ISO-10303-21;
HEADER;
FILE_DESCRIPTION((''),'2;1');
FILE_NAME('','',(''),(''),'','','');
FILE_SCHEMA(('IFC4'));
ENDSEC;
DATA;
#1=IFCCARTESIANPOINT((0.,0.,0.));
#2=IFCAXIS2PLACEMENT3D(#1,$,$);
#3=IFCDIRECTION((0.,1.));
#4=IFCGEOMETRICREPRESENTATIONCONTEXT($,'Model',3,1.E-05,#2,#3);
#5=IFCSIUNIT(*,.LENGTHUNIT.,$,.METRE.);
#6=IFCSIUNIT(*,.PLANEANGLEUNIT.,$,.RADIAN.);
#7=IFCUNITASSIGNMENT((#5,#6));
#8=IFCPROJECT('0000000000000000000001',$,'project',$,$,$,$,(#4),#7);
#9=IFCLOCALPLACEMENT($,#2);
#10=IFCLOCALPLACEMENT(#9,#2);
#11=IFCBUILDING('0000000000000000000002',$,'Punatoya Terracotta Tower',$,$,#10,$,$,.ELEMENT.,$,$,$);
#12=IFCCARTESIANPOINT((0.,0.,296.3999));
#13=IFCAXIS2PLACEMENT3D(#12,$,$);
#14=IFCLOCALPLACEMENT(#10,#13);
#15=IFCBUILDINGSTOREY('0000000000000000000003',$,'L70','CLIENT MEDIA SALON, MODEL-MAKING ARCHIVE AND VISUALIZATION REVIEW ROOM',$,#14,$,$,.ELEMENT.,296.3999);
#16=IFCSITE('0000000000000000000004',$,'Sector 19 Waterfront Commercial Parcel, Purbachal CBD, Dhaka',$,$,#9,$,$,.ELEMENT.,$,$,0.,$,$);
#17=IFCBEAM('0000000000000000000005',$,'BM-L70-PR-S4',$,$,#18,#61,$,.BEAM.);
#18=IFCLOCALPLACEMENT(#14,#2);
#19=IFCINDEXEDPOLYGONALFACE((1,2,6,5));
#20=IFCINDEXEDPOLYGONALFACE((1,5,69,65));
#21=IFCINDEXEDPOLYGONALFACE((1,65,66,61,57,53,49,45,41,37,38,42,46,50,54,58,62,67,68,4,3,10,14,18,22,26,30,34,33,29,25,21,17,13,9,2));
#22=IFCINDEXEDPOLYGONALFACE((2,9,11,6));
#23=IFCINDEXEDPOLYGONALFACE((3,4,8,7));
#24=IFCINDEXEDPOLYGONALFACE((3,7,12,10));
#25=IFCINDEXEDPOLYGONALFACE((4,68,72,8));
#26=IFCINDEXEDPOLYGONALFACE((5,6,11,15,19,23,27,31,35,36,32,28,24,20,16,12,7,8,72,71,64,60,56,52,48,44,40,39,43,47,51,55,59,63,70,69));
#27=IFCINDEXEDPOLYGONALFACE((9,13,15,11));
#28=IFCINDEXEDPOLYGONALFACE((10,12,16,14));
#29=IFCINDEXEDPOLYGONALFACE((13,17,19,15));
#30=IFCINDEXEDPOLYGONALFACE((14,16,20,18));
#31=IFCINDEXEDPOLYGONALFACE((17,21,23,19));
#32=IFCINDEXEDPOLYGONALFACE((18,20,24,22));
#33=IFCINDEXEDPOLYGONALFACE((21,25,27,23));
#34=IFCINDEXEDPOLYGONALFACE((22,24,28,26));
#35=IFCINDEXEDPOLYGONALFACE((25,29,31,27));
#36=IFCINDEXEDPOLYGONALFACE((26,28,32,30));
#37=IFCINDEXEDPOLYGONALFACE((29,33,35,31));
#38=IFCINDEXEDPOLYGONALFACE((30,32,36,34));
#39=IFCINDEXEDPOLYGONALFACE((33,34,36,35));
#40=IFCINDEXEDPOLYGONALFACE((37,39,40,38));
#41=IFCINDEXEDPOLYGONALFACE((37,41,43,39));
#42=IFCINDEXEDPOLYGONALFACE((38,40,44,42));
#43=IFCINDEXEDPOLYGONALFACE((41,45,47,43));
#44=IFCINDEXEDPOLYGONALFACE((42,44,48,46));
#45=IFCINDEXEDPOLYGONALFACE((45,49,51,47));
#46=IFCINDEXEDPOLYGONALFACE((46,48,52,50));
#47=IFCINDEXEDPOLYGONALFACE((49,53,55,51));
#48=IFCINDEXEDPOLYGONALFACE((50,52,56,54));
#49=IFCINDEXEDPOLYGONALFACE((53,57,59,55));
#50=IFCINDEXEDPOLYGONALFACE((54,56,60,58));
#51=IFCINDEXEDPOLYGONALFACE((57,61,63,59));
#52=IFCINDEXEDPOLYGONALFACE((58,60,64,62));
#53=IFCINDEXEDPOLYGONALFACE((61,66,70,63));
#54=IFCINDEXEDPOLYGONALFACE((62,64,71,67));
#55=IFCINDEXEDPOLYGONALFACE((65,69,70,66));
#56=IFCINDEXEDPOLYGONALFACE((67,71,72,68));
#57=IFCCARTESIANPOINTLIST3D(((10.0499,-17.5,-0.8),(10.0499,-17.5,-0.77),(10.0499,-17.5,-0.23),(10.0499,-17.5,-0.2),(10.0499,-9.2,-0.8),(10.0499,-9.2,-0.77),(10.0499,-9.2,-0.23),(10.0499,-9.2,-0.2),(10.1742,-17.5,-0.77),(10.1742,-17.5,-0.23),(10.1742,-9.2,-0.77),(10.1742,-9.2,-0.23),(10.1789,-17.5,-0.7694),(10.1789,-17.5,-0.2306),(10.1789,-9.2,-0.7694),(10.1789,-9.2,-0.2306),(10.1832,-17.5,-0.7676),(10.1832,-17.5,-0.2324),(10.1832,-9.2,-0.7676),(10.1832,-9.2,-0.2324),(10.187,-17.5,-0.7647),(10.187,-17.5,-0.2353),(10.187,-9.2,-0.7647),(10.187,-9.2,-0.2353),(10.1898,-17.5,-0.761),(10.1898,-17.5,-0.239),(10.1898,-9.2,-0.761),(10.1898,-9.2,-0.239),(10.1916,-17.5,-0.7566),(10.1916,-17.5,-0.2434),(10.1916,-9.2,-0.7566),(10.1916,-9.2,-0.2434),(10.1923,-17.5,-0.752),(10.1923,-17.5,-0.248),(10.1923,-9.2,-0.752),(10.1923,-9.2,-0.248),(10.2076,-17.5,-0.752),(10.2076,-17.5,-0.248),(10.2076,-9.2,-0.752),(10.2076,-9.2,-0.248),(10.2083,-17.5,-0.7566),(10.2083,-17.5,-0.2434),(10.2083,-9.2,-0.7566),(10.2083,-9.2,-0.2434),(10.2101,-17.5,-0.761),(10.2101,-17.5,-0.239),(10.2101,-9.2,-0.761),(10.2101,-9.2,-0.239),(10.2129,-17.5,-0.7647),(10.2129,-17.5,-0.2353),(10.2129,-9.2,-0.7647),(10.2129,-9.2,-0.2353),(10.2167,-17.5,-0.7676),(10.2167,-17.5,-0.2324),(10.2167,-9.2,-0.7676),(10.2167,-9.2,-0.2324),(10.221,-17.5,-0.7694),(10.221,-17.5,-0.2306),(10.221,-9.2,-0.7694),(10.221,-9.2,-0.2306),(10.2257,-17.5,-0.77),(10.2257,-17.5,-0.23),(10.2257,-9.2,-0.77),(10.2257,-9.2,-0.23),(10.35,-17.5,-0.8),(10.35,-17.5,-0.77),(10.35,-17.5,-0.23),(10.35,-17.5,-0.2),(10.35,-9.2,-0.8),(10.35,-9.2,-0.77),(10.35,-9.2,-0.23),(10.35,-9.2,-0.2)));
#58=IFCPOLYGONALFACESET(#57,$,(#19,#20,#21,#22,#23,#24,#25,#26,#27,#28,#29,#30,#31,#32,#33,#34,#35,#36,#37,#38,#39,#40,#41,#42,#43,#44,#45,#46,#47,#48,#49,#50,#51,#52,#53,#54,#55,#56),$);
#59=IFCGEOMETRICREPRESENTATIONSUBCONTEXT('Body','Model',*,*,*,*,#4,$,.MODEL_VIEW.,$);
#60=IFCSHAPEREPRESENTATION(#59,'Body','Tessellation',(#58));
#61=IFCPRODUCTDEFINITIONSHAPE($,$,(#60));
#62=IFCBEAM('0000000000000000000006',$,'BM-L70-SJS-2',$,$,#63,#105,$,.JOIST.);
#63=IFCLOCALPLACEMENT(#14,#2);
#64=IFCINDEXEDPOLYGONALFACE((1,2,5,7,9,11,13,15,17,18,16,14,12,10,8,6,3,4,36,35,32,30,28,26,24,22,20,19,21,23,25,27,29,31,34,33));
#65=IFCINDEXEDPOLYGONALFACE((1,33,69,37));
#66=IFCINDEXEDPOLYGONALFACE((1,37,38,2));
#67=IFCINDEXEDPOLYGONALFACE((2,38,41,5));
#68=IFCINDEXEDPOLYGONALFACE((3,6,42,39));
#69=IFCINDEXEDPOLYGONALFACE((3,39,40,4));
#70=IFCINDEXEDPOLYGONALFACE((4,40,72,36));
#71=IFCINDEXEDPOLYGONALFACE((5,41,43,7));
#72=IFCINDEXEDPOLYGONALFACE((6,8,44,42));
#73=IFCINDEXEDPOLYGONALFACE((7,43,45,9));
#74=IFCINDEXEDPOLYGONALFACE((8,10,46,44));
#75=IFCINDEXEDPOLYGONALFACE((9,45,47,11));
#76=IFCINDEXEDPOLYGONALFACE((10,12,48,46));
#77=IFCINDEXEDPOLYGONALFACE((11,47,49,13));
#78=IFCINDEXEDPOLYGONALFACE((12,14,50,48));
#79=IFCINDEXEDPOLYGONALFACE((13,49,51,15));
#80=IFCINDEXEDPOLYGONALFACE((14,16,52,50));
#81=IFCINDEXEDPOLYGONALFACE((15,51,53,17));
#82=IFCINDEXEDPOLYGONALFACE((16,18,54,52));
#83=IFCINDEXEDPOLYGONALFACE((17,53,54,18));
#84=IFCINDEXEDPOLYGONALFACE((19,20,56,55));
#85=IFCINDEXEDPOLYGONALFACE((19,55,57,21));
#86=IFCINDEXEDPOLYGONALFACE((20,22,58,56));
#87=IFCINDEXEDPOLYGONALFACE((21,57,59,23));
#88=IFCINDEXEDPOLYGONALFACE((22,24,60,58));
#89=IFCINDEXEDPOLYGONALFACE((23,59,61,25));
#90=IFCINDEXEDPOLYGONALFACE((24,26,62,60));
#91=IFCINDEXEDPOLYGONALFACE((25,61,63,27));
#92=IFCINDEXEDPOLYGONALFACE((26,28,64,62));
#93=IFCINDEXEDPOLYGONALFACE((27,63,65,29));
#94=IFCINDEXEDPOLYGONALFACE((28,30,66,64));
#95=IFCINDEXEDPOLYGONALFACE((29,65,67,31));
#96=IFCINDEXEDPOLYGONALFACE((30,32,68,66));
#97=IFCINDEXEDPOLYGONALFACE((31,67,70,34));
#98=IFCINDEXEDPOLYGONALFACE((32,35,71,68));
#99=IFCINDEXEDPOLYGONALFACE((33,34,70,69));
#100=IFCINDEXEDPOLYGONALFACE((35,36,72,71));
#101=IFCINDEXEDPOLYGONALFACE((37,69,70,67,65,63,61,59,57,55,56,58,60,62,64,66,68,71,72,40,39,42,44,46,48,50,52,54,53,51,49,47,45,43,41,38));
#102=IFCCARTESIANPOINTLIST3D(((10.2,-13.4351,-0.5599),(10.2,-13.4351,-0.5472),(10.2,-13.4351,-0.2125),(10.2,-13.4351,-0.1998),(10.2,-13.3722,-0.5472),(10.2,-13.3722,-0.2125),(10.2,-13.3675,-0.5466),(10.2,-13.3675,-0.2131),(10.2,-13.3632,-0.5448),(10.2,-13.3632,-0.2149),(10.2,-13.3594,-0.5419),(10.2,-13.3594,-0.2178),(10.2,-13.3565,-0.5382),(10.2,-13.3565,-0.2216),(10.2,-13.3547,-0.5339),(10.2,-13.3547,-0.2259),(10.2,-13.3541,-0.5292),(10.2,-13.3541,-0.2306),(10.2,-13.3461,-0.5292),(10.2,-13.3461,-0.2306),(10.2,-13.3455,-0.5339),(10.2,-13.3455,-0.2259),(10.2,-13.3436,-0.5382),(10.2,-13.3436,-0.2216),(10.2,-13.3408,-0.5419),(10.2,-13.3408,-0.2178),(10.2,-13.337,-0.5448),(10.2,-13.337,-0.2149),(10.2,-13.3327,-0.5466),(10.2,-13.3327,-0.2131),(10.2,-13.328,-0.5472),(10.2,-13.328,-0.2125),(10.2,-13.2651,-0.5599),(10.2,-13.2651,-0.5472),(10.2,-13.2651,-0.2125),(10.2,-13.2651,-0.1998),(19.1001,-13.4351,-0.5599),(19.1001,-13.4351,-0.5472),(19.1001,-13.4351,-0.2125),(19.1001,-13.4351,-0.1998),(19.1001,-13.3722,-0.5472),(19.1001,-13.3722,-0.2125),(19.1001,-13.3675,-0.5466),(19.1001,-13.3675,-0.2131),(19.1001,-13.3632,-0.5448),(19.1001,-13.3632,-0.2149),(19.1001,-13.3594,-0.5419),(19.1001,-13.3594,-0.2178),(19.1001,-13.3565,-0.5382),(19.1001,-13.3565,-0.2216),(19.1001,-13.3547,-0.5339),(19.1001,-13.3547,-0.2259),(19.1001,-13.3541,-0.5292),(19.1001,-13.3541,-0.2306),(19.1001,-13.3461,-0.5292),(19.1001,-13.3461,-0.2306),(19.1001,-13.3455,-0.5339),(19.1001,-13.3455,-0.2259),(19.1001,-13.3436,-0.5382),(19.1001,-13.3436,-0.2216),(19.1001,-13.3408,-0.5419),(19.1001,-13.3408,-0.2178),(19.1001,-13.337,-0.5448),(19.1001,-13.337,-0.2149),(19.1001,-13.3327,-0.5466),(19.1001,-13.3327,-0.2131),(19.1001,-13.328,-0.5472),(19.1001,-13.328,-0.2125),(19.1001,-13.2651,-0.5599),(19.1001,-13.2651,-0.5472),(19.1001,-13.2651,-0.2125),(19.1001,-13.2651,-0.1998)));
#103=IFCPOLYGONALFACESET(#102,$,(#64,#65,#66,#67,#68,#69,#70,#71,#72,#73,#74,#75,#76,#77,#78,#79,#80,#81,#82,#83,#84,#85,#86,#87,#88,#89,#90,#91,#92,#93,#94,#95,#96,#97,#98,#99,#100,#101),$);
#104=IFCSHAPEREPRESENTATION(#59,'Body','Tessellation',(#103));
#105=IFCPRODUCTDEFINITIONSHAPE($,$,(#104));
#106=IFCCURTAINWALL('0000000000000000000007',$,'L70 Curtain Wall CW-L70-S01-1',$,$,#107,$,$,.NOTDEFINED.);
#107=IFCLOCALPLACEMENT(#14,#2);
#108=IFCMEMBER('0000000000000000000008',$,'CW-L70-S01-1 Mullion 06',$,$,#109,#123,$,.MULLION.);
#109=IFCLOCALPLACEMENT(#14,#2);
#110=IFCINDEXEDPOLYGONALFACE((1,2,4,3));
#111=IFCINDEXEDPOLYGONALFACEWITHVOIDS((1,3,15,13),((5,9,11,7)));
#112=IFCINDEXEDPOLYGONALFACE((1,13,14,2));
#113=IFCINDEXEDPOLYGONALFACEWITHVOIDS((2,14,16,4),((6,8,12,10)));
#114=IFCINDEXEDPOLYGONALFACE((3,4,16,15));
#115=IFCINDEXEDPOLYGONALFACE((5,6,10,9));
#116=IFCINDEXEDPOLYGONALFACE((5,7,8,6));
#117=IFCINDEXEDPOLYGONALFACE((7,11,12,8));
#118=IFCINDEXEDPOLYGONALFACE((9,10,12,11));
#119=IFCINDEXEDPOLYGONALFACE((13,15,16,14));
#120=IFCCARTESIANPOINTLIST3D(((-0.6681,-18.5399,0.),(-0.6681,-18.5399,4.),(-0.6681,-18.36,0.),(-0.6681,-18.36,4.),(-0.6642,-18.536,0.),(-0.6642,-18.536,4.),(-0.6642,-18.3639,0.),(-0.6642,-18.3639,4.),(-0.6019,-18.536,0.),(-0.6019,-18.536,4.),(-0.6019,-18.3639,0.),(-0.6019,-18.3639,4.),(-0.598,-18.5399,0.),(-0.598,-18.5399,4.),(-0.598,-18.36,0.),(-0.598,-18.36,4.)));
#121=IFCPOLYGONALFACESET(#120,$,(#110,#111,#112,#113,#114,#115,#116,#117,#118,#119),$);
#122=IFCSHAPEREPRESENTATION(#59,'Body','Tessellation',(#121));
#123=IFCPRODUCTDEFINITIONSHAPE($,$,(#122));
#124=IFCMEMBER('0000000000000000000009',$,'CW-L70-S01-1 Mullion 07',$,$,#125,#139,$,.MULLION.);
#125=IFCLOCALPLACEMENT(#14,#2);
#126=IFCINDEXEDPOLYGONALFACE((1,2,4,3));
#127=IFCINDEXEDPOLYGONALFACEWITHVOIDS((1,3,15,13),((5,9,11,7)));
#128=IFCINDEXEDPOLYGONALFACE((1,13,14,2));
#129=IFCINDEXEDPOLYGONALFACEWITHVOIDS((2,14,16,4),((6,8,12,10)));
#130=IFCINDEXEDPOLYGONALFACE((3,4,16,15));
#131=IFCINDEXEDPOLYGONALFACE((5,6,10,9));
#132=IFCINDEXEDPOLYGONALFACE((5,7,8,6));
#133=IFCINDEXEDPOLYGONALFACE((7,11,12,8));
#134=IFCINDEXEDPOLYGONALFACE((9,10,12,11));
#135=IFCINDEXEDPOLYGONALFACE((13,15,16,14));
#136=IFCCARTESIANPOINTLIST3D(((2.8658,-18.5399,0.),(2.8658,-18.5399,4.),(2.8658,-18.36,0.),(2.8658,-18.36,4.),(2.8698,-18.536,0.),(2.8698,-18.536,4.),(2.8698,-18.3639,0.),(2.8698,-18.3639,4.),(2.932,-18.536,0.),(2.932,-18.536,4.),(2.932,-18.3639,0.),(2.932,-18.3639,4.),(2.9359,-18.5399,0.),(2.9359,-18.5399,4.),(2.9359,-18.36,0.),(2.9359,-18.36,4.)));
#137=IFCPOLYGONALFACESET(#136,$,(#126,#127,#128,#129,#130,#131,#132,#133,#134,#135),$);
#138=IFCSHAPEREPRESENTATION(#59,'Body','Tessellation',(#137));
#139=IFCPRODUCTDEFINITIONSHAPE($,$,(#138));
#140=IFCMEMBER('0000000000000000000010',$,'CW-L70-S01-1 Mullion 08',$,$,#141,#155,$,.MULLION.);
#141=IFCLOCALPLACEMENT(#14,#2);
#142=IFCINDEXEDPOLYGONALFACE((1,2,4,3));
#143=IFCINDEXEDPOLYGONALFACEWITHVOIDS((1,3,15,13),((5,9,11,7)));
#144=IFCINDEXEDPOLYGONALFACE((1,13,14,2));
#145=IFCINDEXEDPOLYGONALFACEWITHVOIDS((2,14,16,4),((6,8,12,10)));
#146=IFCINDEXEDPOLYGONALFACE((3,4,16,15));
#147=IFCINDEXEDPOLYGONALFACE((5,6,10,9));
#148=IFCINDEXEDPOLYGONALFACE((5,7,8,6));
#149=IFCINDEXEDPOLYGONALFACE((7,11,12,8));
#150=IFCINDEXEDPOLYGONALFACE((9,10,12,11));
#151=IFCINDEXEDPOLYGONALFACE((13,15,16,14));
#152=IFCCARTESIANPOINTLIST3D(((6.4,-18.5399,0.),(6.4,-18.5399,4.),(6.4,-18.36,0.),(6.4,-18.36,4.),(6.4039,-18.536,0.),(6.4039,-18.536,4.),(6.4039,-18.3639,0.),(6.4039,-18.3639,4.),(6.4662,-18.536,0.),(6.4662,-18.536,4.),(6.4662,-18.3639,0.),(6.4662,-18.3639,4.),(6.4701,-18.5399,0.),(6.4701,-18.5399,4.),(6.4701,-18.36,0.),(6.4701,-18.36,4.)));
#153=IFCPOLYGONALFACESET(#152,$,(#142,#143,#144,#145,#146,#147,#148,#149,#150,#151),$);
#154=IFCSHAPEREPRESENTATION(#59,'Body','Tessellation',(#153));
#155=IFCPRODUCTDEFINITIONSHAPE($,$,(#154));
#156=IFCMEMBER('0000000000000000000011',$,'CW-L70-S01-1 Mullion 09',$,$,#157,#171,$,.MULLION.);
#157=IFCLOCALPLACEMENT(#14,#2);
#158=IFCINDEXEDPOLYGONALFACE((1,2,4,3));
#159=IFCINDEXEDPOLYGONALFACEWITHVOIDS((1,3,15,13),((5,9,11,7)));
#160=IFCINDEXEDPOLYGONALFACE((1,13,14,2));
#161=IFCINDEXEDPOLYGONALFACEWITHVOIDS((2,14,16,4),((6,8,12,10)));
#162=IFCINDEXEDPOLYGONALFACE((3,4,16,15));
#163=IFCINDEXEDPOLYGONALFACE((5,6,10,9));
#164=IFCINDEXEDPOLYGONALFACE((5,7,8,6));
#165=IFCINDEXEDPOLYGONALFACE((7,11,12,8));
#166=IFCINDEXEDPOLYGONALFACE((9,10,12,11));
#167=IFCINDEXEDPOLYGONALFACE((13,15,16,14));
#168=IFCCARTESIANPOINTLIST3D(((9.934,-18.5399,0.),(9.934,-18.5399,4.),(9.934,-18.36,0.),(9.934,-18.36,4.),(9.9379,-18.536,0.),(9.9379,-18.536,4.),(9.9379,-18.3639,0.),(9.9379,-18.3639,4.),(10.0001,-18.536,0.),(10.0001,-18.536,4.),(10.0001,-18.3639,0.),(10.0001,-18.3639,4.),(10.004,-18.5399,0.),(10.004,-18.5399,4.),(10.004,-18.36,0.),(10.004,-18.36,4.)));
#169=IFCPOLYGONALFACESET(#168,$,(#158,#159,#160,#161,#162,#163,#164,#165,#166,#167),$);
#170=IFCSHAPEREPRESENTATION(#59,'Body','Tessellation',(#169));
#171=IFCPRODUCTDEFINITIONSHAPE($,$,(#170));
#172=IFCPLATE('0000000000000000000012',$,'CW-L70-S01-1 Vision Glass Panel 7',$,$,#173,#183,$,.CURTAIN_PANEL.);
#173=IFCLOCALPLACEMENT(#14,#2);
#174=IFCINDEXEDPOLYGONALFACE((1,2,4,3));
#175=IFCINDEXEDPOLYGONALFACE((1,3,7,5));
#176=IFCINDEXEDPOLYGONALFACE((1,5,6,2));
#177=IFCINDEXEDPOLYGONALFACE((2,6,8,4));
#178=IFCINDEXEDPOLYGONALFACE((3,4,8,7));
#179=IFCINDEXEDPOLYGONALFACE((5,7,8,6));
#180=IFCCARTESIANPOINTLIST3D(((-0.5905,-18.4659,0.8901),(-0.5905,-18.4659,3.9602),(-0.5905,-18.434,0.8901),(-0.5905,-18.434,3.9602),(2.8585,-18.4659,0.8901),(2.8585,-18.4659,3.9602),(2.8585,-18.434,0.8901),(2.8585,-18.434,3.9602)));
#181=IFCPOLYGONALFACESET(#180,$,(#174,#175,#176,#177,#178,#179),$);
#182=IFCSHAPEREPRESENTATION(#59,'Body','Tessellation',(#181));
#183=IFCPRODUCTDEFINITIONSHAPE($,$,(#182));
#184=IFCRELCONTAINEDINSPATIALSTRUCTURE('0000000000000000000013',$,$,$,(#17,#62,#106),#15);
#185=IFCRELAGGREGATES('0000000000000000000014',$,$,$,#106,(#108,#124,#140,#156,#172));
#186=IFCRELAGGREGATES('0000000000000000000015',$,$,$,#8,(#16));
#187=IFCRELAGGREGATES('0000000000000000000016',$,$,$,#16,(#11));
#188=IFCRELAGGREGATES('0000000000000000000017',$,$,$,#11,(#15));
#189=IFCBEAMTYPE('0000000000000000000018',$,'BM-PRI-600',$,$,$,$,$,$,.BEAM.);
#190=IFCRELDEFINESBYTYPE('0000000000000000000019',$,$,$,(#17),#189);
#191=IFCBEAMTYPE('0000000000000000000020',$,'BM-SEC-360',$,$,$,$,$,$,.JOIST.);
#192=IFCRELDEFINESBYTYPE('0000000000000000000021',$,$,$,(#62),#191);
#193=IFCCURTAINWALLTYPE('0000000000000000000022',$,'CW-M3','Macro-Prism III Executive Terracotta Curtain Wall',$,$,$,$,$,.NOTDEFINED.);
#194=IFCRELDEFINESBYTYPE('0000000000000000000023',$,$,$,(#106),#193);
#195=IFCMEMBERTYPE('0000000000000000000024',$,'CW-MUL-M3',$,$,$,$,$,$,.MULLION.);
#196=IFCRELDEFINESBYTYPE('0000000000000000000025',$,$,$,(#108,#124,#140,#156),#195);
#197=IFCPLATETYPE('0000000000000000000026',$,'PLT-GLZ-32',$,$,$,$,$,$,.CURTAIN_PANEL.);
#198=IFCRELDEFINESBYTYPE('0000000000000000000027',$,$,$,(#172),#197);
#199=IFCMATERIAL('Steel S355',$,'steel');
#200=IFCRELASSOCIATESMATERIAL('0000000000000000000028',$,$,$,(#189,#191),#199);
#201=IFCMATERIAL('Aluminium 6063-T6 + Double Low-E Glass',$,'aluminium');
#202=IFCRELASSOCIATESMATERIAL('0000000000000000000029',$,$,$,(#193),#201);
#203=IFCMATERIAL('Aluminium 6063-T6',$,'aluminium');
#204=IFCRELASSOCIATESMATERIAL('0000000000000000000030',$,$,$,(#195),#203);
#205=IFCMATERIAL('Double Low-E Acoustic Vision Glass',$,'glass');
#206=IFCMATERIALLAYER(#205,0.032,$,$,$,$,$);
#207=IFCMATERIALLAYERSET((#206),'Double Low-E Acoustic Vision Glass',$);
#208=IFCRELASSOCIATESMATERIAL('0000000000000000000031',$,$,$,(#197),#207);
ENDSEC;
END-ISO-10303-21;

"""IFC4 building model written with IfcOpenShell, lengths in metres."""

from ifc_helpers import new_model, si_unit, direction, frame, origin, origin_2d, place, context, subcontext, project, spatial, rectangle, hollow_rectangle, i_section, extrude, material, layer, layer_set, material_profile, profile_set, type_object, element, aggregate, save


model = new_model("IFC4")

# Units and contexts
model_context = context("Model", 3, precision=1e-05, world=origin(), true_north=direction((0.0, 1.0)))
body_context = subcontext(model_context, "Body", "Model", "MODEL_VIEW")
ifc_project = project(units=[si_unit("LENGTHUNIT", "METRE"), si_unit("PLANEANGLEUNIT", "RADIAN")], contexts=[model_context])

# Site, building, storey
site_placement = place(None, origin())
site = spatial("IfcSite", under=ifc_project, at=site_placement, Name="Sector 19 Waterfront Commercial Parcel, Purbachal CBD, Dhaka", CompositionType="ELEMENT", RefElevation=0.0)
building_placement = place(site_placement, origin())
building = spatial("IfcBuilding", under=site, at=building_placement, Name="Punatoya Terracotta Tower", CompositionType="ELEMENT")
storey_placement = place(building_placement, frame((0.0, 0.0, 296.3999)))
storey = spatial("IfcBuildingStorey", under=building, at=storey_placement, Name="L70", Description="CLIENT MEDIA SALON, MODEL-MAKING ARCHIVE AND VISUALIZATION REVIEW ROOM", CompositionType="ELEMENT", Elevation=296.3999)

# Beams
ifc_material_1 = material(Name="Steel S355", Category="steel")
ifc_material_profile_1 = material_profile(ifc_material_1, i_section(OverallWidth=0.3, OverallDepth=0.6001, WebThickness=0.0154, FlangeThickness=0.03, FilletRadius=0.0181, at=origin_2d()))
ifc_profile_set_1 = profile_set([ifc_material_profile_1], Name="Steel S355")
beam_type_1 = type_object("IfcBeamType", Name="BM-PRI-600", PredefinedType="BEAM", material=ifc_profile_set_1)
for number, where, z_axis, x_axis, name in (
    (1, (10.2, -17.5, -0.5), (0.0, 1.0, 0.0), (-1.0, 0.0, 0.0), "BM-L70-PR-S4"),
):
    element("IfcBeam", number, at=place(storey_placement, frame(where, z_axis=z_axis, x_axis=x_axis)), inside=storey, type_object=beam_type_1, Name=name, PredefinedType="BEAM", context=body_context, shape_type="SweptSolid", body=[
        extrude(i_section(OverallWidth=0.3, OverallDepth=0.6001, WebThickness=0.0154, FlangeThickness=0.03, FilletRadius=0.0181, at=origin_2d()), origin(), (0.0, 0.0, 1.0), 8.3),
    ])
ifc_material_profile_2 = material_profile(ifc_material_1, i_section(OverallWidth=0.1699, OverallDepth=0.3601, WebThickness=0.0081, FlangeThickness=0.0127, FilletRadius=0.0181, at=origin_2d()))
ifc_profile_set_2 = profile_set([ifc_material_profile_2], Name="Steel S355")
beam_type_2 = type_object("IfcBeamType", Name="BM-SEC-360", PredefinedType="JOIST", material=ifc_profile_set_2)
beam_1_placement = place(storey_placement, frame((10.2, -13.3501, -0.3799), z_axis=(1.0, 0.0, 0.0), x_axis=(0.0, 1.0, 0.0)))
element("IfcBeam", 2, at=beam_1_placement, inside=storey, type_object=beam_type_2, Name="BM-L70-SJS-2", PredefinedType="JOIST", context=body_context, shape_type="SweptSolid", body=[
    extrude(i_section(OverallWidth=0.1699, OverallDepth=0.3601, WebThickness=0.0081, FlangeThickness=0.0127, FilletRadius=0.0181, at=origin_2d()), origin(), (0.0, 0.0, 1.0), 8.9001),
])

# Curtain wall, members, plate
ifc_material_2 = material(Name="Aluminium 6063-T6 + Double Low-E Glass", Category="aluminium")
curtain_wall_type = type_object("IfcCurtainWallType", Name="CW-M3", Description="Macro-Prism III Executive Terracotta Curtain Wall", PredefinedType="NOTDEFINED", material=ifc_material_2)
curtain_wall_placement = place(storey_placement, origin())
curtain_wall = element("IfcCurtainWall", 3, at=curtain_wall_placement, inside=storey, type_object=curtain_wall_type, Name="L70 Curtain Wall CW-L70-S01-1", PredefinedType="NOTDEFINED")
ifc_material_3 = material(Name="Aluminium 6063-T6", Category="aluminium")
ifc_material_profile_3 = material_profile(ifc_material_3, hollow_rectangle(XDim=0.0701, YDim=0.1799, WallThickness=0.0039, at=origin_2d()))
ifc_profile_set_3 = profile_set([ifc_material_profile_3], Name="Aluminium 6063-T6")
member_type = type_object("IfcMemberType", Name="CW-MUL-M3", PredefinedType="MULLION", material=ifc_profile_set_3)
member_1_placement = place(storey_placement, frame((-0.6331, -18.45, 0.0), z_axis=(0.0, 0.0, 1.0), x_axis=(1.0, 0.0, 0.0)))
member_1 = element("IfcMember", 4, at=member_1_placement, type_object=member_type, Name="CW-L70-S01-1 Mullion 06", PredefinedType="MULLION", context=body_context, shape_type="SweptSolid", body=[
    extrude(hollow_rectangle(XDim=0.0701, YDim=0.1799, WallThickness=0.0039, at=origin_2d()), origin(), (0.0, 0.0, 1.0), 4.0),
])
member_2_placement = place(storey_placement, frame((2.9009, -18.45, 0.0), z_axis=(0.0, 0.0, 1.0), x_axis=(1.0, 0.0, 0.0)))
member_2 = element("IfcMember", 5, at=member_2_placement, type_object=member_type, Name="CW-L70-S01-1 Mullion 07", PredefinedType="MULLION", context=body_context, shape_type="SweptSolid", body=[
    extrude(hollow_rectangle(XDim=0.0701, YDim=0.1799, WallThickness=0.0039, at=origin_2d()), origin(), (0.0, 0.0, 1.0), 4.0),
])
member_3_placement = place(storey_placement, frame((6.4351, -18.45, 0.0), z_axis=(0.0, 0.0, 1.0), x_axis=(1.0, 0.0, 0.0)))
member_3 = element("IfcMember", 6, at=member_3_placement, type_object=member_type, Name="CW-L70-S01-1 Mullion 08", PredefinedType="MULLION", context=body_context, shape_type="SweptSolid", body=[
    extrude(hollow_rectangle(XDim=0.0701, YDim=0.1799, WallThickness=0.0039, at=origin_2d()), origin(), (0.0, 0.0, 1.0), 4.0),
])
member_4_placement = place(storey_placement, frame((9.969, -18.45, 0.0), z_axis=(0.0, 0.0, 1.0), x_axis=(1.0, 0.0, 0.0)))
member_4 = element("IfcMember", 7, at=member_4_placement, type_object=member_type, Name="CW-L70-S01-1 Mullion 09", PredefinedType="MULLION", context=body_context, shape_type="SweptSolid", body=[
    extrude(hollow_rectangle(XDim=0.0701, YDim=0.1799, WallThickness=0.0039, at=origin_2d()), origin(), (0.0, 0.0, 1.0), 4.0),
])
ifc_material_4 = material(Name="Double Low-E Acoustic Vision Glass", Category="glass")
ifc_layer_1 = layer(ifc_material_4, 0.032)
ifc_layer_set_1 = layer_set([ifc_layer_1], Name="Double Low-E Acoustic Vision Glass")
plate_type_1 = type_object("IfcPlateType", Name="PLT-GLZ-32", PredefinedType="CURTAIN_PANEL", material=ifc_layer_set_1)
plate_1_placement = place(storey_placement, frame((1.134, -18.45, 0.8901), z_axis=(0.0, 0.0, 1.0), x_axis=(1.0, 0.0, 0.0)))
plate_1 = element("IfcPlate", 8, at=plate_1_placement, type_object=plate_type_1, Name="CW-L70-S01-1 Vision Glass Panel 7", PredefinedType="CURTAIN_PANEL", context=body_context, shape_type="SweptSolid", body=[
    extrude(rectangle(XDim=3.449, YDim=0.032, at=origin_2d()), origin(), (0.0, 0.0, 1.0), 3.0701),
])
aggregate(curtain_wall, [member_1, member_2, member_3, member_4, plate_1])

save(model, "model.ifc")
